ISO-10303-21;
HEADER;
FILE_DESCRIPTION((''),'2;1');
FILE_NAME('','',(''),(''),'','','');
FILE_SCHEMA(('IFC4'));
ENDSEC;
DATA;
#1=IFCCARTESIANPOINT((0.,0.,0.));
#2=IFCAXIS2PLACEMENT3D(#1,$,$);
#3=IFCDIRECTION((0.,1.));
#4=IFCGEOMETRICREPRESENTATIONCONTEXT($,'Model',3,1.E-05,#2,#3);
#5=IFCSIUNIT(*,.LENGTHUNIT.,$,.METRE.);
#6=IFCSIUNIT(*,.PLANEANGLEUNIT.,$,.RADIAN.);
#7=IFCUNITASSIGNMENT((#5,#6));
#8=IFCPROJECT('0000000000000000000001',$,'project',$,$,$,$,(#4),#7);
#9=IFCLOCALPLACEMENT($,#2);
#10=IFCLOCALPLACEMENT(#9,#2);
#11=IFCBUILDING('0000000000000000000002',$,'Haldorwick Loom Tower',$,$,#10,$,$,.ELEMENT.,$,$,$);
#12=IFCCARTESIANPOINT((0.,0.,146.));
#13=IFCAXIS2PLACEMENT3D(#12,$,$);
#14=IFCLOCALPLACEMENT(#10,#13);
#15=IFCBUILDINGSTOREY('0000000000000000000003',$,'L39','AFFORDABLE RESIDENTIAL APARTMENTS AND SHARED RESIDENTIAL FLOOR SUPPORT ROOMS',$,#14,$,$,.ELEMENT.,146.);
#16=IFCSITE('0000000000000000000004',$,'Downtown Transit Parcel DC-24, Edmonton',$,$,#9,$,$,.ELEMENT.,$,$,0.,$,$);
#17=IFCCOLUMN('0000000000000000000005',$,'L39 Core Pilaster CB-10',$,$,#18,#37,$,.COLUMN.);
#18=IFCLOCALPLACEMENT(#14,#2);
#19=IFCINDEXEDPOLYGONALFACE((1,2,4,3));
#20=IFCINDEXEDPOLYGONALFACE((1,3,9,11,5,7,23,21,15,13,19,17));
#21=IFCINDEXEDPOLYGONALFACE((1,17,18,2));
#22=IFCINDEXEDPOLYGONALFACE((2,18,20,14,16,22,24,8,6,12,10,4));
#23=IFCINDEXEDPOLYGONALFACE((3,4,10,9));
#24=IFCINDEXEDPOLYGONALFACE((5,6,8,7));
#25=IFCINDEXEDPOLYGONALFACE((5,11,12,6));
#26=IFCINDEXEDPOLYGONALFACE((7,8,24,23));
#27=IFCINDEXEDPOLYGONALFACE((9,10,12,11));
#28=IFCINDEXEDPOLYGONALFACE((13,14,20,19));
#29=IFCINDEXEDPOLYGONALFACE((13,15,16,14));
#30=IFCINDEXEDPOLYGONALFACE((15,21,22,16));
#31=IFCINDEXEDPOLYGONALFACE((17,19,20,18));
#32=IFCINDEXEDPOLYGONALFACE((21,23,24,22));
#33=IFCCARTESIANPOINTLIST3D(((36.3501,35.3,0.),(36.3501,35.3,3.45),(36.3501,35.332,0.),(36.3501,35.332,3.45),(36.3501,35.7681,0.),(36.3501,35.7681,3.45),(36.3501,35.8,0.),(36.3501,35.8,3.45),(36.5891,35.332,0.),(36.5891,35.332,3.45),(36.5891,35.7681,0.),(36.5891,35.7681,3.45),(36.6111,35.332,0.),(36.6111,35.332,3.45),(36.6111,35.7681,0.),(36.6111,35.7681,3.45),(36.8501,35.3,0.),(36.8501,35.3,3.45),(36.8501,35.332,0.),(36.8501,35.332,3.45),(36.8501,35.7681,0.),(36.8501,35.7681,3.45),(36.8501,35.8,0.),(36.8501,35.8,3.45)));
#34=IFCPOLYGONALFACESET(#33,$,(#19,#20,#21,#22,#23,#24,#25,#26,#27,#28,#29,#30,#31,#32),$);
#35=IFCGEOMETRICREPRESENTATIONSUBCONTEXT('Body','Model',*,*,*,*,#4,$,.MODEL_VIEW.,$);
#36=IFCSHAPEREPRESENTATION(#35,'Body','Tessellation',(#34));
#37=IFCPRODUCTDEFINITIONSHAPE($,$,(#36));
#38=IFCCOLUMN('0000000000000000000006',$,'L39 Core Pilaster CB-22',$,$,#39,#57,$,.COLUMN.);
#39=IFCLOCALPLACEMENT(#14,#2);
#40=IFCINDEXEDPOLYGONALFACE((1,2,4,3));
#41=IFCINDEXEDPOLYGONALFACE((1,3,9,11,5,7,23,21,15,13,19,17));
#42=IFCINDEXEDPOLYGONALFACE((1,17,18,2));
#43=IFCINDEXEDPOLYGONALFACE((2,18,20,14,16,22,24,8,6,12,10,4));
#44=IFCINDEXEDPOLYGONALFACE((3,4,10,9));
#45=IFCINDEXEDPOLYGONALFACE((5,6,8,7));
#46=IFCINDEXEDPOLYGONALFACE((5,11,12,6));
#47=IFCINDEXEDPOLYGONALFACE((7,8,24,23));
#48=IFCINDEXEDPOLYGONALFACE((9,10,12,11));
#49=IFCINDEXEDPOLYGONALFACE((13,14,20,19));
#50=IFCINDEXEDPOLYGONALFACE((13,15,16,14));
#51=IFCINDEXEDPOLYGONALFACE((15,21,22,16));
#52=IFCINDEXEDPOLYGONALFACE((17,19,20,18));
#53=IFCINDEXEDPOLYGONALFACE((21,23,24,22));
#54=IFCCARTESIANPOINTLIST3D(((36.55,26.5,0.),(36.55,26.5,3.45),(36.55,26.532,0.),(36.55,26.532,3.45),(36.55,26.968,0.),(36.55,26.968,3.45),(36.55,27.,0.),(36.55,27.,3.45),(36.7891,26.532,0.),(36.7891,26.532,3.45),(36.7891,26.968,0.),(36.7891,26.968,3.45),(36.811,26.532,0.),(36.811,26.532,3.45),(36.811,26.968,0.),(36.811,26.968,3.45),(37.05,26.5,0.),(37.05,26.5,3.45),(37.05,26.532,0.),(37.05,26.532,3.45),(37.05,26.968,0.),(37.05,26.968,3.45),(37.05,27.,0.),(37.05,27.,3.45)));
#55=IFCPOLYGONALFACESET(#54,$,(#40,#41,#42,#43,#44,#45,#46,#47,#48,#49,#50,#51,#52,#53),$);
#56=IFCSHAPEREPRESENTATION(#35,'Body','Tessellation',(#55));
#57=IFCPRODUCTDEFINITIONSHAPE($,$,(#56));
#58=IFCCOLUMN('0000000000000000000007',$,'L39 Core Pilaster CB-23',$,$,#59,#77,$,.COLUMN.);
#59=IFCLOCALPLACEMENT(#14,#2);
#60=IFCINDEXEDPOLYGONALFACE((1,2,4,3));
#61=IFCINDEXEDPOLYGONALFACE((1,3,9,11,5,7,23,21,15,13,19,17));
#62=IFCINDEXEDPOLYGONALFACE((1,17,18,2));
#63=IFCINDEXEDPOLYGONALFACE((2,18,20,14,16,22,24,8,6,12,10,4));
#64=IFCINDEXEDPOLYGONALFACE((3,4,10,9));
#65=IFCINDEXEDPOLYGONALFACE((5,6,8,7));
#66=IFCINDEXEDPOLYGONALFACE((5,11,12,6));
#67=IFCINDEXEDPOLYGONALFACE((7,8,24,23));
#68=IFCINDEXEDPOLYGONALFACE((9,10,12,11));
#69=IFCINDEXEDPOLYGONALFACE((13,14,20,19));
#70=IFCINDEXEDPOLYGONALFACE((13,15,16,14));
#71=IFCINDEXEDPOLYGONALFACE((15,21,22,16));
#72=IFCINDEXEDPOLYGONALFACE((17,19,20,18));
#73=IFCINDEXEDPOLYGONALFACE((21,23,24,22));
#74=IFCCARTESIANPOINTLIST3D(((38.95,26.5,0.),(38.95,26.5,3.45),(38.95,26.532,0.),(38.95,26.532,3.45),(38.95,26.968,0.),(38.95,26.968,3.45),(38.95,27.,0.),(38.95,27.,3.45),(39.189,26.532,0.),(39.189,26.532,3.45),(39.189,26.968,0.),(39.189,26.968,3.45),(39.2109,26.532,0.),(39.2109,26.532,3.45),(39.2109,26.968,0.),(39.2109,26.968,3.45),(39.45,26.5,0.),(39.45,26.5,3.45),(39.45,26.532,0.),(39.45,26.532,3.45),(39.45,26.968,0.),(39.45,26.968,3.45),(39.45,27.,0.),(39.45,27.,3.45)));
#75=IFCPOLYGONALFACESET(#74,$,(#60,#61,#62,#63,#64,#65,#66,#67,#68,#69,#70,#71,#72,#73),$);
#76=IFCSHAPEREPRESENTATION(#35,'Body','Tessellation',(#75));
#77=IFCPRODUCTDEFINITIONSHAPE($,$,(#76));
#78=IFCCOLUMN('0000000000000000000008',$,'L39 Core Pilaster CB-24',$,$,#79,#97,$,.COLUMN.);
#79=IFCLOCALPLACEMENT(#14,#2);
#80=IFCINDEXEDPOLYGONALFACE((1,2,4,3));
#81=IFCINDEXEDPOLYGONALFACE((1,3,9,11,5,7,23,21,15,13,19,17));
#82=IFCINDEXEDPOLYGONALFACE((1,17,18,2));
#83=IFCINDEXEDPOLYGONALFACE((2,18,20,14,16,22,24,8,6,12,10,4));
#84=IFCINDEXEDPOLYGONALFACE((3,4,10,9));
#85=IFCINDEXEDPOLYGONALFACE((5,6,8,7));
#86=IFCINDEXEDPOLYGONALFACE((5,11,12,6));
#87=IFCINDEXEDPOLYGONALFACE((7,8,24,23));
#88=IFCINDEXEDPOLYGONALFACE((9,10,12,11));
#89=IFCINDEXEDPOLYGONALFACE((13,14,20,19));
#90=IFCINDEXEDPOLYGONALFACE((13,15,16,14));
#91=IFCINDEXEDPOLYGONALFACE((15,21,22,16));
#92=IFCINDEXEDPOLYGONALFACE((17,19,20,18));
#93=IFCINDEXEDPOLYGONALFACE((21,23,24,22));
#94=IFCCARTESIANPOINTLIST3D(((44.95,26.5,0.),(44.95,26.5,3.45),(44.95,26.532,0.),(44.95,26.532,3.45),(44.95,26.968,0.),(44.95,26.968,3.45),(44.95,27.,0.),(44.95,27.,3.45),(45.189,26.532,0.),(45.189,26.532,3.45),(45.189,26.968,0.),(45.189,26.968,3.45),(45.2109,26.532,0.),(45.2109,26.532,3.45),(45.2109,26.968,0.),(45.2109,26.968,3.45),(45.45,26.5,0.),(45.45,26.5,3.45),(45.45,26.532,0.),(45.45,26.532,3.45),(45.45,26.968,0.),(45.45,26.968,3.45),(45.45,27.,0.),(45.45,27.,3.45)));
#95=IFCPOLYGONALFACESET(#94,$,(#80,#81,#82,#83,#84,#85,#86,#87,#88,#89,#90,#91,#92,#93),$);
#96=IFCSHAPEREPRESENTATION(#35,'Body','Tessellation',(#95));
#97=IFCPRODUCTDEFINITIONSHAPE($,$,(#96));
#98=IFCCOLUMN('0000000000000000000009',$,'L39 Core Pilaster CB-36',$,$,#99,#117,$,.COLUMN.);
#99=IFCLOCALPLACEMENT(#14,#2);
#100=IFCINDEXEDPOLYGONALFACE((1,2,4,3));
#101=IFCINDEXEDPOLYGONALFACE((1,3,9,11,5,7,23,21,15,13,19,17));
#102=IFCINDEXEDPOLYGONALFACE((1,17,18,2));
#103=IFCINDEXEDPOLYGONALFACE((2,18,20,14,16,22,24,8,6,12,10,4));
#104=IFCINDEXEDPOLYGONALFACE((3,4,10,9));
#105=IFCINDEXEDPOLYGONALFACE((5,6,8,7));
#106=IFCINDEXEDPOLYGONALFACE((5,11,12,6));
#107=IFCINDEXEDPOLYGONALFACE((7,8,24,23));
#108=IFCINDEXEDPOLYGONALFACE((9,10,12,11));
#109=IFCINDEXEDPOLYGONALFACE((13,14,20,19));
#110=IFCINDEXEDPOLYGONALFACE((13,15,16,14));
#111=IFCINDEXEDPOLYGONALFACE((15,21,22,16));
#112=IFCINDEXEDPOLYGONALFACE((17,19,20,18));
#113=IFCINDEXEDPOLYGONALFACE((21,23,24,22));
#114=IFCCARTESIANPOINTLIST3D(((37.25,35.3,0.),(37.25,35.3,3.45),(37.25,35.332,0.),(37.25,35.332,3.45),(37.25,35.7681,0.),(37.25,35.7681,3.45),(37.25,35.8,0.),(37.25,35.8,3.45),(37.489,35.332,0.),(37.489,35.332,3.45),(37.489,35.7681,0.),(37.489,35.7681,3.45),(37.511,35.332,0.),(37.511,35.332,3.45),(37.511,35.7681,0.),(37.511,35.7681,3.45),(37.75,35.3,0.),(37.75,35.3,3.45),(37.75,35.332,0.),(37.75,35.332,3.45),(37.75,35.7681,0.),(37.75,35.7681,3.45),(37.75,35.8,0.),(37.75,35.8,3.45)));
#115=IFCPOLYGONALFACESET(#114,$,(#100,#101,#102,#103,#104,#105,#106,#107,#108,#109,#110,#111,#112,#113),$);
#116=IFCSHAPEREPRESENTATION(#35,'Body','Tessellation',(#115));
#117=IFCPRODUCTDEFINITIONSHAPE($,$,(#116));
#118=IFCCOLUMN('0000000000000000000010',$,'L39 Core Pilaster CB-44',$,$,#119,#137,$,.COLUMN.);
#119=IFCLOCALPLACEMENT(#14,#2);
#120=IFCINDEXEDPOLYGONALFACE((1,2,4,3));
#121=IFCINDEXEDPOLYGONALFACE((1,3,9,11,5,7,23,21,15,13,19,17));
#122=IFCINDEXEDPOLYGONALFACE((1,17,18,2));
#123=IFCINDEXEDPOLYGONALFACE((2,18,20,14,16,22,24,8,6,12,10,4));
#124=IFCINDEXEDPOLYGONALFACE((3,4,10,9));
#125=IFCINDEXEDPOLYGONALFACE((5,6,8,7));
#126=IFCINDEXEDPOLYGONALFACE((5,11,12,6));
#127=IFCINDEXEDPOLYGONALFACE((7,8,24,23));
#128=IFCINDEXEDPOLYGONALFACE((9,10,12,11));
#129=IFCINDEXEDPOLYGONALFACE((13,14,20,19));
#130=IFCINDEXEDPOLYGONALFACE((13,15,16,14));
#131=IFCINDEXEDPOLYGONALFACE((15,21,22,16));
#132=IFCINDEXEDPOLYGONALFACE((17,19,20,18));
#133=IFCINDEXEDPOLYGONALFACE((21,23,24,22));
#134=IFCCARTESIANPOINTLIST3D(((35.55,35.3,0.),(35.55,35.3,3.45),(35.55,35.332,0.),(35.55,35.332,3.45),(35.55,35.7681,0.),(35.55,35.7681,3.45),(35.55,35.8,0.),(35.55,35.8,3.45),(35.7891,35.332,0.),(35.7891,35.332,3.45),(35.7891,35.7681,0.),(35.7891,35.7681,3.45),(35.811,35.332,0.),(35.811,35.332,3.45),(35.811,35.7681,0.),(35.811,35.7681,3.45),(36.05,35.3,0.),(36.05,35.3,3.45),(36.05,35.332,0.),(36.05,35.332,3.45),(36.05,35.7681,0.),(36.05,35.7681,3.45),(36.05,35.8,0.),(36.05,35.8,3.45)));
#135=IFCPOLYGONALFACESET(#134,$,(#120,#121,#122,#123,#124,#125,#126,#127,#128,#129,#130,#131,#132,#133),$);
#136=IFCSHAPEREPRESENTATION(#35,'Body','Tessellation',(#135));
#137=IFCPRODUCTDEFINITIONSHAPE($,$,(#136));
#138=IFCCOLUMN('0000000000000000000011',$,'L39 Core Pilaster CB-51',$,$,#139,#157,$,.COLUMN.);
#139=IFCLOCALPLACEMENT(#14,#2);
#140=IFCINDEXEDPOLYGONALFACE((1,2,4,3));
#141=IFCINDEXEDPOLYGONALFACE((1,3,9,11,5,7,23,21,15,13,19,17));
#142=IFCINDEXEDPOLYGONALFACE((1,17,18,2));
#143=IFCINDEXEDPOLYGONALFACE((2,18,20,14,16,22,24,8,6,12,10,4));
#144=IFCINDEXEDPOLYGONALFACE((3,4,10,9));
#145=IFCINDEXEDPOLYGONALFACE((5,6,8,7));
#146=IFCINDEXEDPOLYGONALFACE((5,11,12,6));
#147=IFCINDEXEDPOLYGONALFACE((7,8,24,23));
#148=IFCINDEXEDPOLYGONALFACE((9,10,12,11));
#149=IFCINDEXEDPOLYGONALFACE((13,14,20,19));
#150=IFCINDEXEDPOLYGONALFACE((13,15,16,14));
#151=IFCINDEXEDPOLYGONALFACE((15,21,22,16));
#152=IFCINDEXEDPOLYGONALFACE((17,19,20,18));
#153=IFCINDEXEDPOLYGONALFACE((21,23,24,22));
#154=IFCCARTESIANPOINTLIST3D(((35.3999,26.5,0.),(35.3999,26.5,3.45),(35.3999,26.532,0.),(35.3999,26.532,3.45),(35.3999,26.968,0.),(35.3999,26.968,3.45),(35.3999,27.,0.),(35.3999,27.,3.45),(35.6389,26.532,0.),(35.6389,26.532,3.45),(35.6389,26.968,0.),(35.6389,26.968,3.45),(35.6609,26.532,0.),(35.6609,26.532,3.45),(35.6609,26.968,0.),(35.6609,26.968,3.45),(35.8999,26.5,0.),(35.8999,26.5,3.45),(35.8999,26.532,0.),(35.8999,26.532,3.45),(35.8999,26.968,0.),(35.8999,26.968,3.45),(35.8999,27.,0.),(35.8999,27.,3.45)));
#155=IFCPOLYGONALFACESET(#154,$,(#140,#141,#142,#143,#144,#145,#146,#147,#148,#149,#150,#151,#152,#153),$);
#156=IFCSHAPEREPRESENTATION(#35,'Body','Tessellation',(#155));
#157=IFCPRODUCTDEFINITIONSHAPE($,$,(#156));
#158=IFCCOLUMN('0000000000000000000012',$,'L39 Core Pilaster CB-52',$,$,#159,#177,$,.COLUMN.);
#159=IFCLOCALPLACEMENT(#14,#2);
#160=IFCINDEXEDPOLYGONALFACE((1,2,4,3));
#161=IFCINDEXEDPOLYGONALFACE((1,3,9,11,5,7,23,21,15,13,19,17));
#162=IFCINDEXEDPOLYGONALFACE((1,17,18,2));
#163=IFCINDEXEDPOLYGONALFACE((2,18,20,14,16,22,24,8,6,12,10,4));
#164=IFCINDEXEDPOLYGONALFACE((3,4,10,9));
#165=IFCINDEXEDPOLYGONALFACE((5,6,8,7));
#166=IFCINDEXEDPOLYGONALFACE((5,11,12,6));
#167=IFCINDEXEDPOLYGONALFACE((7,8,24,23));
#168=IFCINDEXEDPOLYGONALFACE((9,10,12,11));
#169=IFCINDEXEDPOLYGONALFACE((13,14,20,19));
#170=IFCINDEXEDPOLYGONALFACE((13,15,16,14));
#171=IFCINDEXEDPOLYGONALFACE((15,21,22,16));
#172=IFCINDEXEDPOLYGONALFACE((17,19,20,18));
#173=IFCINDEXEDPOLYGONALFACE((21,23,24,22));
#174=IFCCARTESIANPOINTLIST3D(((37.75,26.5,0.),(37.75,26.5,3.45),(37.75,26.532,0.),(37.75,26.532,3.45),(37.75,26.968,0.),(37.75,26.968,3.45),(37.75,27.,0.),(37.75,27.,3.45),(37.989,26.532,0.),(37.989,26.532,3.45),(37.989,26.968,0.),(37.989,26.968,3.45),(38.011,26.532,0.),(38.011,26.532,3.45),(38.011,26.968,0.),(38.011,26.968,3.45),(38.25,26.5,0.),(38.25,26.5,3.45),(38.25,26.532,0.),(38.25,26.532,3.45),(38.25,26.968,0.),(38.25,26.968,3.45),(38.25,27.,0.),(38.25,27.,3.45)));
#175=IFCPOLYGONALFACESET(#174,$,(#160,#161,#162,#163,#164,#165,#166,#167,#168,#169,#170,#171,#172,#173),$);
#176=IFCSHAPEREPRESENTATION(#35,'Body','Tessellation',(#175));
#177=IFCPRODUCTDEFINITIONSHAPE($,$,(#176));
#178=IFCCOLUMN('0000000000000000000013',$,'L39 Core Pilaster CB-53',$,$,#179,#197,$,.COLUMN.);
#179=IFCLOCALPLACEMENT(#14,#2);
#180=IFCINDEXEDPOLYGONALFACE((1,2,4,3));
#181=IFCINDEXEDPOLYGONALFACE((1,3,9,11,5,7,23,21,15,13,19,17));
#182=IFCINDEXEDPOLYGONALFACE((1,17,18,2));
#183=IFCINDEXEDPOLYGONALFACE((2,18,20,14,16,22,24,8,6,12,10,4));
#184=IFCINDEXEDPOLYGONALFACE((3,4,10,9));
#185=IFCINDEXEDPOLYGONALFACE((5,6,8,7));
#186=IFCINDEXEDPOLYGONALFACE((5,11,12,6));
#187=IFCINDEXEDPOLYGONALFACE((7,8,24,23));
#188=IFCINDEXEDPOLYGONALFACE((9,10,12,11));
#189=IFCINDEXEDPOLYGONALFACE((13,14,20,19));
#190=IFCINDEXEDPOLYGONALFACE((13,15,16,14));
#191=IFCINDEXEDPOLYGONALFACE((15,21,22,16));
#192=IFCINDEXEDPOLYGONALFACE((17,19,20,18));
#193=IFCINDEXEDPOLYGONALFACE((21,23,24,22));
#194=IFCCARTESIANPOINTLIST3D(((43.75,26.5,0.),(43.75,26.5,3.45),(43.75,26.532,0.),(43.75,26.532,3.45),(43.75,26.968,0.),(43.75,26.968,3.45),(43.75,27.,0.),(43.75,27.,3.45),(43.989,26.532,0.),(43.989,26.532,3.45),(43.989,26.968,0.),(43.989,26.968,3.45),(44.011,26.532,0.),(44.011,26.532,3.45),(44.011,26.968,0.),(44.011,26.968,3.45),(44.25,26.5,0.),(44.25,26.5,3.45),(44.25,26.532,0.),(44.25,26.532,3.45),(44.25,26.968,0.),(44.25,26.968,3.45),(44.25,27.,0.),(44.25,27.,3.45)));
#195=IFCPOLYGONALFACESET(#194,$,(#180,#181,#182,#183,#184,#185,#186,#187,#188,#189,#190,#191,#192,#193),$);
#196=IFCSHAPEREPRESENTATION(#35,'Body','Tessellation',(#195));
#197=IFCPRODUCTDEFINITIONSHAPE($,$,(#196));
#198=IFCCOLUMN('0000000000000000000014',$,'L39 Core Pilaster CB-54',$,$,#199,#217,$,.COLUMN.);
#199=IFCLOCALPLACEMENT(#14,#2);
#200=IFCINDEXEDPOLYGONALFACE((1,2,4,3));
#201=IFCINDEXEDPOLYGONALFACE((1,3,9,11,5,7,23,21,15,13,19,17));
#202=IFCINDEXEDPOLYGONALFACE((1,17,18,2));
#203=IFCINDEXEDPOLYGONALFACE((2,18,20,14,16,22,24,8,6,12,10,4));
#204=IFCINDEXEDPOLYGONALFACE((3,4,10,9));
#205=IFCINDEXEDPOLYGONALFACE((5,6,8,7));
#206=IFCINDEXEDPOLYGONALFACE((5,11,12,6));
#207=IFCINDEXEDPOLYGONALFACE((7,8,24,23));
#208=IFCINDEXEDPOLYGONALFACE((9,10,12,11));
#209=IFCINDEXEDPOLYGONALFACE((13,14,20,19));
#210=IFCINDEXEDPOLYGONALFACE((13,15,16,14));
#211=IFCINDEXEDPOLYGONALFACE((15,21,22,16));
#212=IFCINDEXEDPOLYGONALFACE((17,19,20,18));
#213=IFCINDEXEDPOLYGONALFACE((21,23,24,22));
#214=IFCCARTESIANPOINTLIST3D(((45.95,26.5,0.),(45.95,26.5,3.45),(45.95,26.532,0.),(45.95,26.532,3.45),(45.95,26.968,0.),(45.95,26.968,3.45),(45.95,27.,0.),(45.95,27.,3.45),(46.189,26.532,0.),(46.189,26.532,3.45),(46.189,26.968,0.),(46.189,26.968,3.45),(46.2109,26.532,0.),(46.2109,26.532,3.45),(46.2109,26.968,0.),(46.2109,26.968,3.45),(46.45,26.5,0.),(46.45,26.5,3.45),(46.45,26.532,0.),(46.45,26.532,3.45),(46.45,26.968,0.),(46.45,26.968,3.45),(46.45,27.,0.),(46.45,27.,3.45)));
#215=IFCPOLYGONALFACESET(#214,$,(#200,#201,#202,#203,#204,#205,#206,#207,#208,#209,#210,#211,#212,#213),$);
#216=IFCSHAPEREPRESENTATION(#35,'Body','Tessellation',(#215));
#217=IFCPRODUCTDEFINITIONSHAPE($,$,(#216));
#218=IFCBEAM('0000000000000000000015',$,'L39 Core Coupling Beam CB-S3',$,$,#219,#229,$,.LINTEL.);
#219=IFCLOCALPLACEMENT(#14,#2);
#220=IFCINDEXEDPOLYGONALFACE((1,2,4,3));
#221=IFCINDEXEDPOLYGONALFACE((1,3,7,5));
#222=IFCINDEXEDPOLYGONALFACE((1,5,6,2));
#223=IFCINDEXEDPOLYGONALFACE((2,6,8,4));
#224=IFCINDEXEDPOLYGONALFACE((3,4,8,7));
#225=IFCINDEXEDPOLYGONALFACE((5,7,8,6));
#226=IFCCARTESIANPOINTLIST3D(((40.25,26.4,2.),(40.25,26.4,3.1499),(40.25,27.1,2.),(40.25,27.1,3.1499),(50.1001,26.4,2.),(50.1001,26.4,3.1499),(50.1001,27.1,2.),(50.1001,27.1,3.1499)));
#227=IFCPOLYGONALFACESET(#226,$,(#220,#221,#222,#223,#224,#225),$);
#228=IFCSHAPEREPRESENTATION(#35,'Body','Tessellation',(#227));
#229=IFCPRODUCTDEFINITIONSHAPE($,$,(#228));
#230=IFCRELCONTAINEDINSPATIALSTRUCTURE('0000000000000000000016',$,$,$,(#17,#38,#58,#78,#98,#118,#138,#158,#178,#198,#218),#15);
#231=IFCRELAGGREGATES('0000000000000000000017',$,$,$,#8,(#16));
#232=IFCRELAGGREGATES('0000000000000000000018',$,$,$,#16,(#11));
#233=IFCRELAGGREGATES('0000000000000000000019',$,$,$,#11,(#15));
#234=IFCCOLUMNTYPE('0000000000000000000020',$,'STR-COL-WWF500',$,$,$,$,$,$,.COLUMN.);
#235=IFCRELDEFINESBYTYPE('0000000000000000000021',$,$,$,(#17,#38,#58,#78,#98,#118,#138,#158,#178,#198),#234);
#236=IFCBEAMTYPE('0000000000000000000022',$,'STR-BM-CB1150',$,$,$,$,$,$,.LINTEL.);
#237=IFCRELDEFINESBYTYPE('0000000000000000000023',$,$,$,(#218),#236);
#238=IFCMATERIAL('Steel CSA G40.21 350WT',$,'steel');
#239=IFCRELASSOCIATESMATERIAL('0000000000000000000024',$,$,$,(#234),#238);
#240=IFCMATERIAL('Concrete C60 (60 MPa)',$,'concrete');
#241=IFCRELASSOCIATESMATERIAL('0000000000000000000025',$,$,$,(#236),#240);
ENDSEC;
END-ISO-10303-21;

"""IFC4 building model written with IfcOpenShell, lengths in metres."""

from ifc_helpers import new_model, si_unit, direction, frame, origin, origin_2d, place, context, subcontext, project, spatial, rectangle, i_section, extrude, material, material_profile, profile_set, type_object, element, save


model = new_model("IFC4")

# Units and contexts
model_context = context("Model", 3, precision=1e-05, world=origin(), true_north=direction((0.0, 1.0)))
body_context = subcontext(model_context, "Body", "Model", "MODEL_VIEW")
ifc_project = project(units=[si_unit("LENGTHUNIT", "METRE"), si_unit("PLANEANGLEUNIT", "RADIAN")], contexts=[model_context])

# Site, building, storey
site_placement = place(None, origin())
site = spatial("IfcSite", under=ifc_project, at=site_placement, Name="Downtown Transit Parcel DC-24, Edmonton", CompositionType="ELEMENT", RefElevation=0.0)
building_placement = place(site_placement, origin())
building = spatial("IfcBuilding", under=site, at=building_placement, Name="Haldorwick Loom Tower", CompositionType="ELEMENT")
storey_placement = place(building_placement, frame((0.0, 0.0, 146.0)))
storey = spatial("IfcBuildingStorey", under=building, at=storey_placement, Name="L39", Description="AFFORDABLE RESIDENTIAL APARTMENTS AND SHARED RESIDENTIAL FLOOR SUPPORT ROOMS", CompositionType="ELEMENT", Elevation=146.0)

# Columns
ifc_material_1 = material(Name="Steel CSA G40.21 350WT", Category="steel")
ifc_material_profile_1 = material_profile(ifc_material_1, i_section(OverallWidth=0.5, OverallDepth=0.5, WebThickness=0.022, FlangeThickness=0.032, at=origin_2d()), Name="WWF500X500", Category="steel")
ifc_profile_set_1 = profile_set([ifc_material_profile_1], Name="Steel CSA G40.21 350WT")
column_type = type_object("IfcColumnType", Name="STR-COL-WWF500", PredefinedType="COLUMN", material=ifc_profile_set_1)
for number, where, z_axis, x_axis, name in (
    (1, (36.6001, 35.55, 0.0), (0.0, 0.0, 1.0), (1.0, 0.0, 0.0), "L39 Core Pilaster CB-10"),
    (2, (36.8, 26.75, 0.0), (0.0, 0.0, 1.0), (1.0, 0.0, 0.0), "L39 Core Pilaster CB-22"),
    (3, (39.2, 26.75, 0.0), (0.0, 0.0, 1.0), (1.0, 0.0, 0.0), "L39 Core Pilaster CB-23"),
    (4, (45.2, 26.75, 0.0), (0.0, 0.0, 1.0), (1.0, 0.0, 0.0), "L39 Core Pilaster CB-24"),
    (5, (37.5, 35.55, 0.0), (0.0, 0.0, 1.0), (1.0, 0.0, 0.0), "L39 Core Pilaster CB-36"),
    (6, (35.8, 35.55, 0.0), (0.0, 0.0, 1.0), (1.0, 0.0, 0.0), "L39 Core Pilaster CB-44"),
    (7, (35.6499, 26.75, 0.0), (0.0, 0.0, 1.0), (1.0, 0.0, 0.0), "L39 Core Pilaster CB-51"),
    (8, (38.0, 26.75, 0.0), (0.0, 0.0, 1.0), (1.0, 0.0, 0.0), "L39 Core Pilaster CB-52"),
    (9, (44.0, 26.75, 0.0), (0.0, 0.0, 1.0), (1.0, 0.0, 0.0), "L39 Core Pilaster CB-53"),
    (10, (46.2, 26.75, 0.0), (0.0, 0.0, 1.0), (1.0, 0.0, 0.0), "L39 Core Pilaster CB-54"),
):
    element("IfcColumn", number, at=place(storey_placement, frame(where, z_axis=z_axis, x_axis=x_axis)), inside=storey, type_object=column_type, Name=name, PredefinedType="COLUMN", context=body_context, shape_type="SweptSolid", body=[
        extrude(i_section(OverallWidth=0.5, OverallDepth=0.5, WebThickness=0.022, FlangeThickness=0.032, at=origin_2d()), origin(), (0.0, 0.0, 1.0), 3.45),
    ])

# Beam
ifc_material_2 = material(Name="Concrete C60 (60 MPa)", Category="concrete")
ifc_material_profile_2 = material_profile(ifc_material_2, rectangle(XDim=0.7, YDim=1.1499, at=origin_2d()), Name="RC700X1150", Category="concrete")
ifc_profile_set_2 = profile_set([ifc_material_profile_2], Name="Concrete C60 (60 MPa)")
beam_type = type_object("IfcBeamType", Name="STR-BM-CB1150", PredefinedType="LINTEL", material=ifc_profile_set_2)
beam_placement = place(storey_placement, frame((40.25, 26.75, 2.575), z_axis=(1.0, 0.0, 0.0), x_axis=(0.0, 1.0, 0.0)))
element("IfcBeam", 11, at=beam_placement, inside=storey, type_object=beam_type, Name="L39 Core Coupling Beam CB-S3", PredefinedType="LINTEL", context=body_context, shape_type="SweptSolid", body=[
    extrude(rectangle(XDim=0.7, YDim=1.1499, at=origin_2d()), origin(), (0.0, 0.0, 1.0), 9.8501),
])

save(model, "model.ifc")
